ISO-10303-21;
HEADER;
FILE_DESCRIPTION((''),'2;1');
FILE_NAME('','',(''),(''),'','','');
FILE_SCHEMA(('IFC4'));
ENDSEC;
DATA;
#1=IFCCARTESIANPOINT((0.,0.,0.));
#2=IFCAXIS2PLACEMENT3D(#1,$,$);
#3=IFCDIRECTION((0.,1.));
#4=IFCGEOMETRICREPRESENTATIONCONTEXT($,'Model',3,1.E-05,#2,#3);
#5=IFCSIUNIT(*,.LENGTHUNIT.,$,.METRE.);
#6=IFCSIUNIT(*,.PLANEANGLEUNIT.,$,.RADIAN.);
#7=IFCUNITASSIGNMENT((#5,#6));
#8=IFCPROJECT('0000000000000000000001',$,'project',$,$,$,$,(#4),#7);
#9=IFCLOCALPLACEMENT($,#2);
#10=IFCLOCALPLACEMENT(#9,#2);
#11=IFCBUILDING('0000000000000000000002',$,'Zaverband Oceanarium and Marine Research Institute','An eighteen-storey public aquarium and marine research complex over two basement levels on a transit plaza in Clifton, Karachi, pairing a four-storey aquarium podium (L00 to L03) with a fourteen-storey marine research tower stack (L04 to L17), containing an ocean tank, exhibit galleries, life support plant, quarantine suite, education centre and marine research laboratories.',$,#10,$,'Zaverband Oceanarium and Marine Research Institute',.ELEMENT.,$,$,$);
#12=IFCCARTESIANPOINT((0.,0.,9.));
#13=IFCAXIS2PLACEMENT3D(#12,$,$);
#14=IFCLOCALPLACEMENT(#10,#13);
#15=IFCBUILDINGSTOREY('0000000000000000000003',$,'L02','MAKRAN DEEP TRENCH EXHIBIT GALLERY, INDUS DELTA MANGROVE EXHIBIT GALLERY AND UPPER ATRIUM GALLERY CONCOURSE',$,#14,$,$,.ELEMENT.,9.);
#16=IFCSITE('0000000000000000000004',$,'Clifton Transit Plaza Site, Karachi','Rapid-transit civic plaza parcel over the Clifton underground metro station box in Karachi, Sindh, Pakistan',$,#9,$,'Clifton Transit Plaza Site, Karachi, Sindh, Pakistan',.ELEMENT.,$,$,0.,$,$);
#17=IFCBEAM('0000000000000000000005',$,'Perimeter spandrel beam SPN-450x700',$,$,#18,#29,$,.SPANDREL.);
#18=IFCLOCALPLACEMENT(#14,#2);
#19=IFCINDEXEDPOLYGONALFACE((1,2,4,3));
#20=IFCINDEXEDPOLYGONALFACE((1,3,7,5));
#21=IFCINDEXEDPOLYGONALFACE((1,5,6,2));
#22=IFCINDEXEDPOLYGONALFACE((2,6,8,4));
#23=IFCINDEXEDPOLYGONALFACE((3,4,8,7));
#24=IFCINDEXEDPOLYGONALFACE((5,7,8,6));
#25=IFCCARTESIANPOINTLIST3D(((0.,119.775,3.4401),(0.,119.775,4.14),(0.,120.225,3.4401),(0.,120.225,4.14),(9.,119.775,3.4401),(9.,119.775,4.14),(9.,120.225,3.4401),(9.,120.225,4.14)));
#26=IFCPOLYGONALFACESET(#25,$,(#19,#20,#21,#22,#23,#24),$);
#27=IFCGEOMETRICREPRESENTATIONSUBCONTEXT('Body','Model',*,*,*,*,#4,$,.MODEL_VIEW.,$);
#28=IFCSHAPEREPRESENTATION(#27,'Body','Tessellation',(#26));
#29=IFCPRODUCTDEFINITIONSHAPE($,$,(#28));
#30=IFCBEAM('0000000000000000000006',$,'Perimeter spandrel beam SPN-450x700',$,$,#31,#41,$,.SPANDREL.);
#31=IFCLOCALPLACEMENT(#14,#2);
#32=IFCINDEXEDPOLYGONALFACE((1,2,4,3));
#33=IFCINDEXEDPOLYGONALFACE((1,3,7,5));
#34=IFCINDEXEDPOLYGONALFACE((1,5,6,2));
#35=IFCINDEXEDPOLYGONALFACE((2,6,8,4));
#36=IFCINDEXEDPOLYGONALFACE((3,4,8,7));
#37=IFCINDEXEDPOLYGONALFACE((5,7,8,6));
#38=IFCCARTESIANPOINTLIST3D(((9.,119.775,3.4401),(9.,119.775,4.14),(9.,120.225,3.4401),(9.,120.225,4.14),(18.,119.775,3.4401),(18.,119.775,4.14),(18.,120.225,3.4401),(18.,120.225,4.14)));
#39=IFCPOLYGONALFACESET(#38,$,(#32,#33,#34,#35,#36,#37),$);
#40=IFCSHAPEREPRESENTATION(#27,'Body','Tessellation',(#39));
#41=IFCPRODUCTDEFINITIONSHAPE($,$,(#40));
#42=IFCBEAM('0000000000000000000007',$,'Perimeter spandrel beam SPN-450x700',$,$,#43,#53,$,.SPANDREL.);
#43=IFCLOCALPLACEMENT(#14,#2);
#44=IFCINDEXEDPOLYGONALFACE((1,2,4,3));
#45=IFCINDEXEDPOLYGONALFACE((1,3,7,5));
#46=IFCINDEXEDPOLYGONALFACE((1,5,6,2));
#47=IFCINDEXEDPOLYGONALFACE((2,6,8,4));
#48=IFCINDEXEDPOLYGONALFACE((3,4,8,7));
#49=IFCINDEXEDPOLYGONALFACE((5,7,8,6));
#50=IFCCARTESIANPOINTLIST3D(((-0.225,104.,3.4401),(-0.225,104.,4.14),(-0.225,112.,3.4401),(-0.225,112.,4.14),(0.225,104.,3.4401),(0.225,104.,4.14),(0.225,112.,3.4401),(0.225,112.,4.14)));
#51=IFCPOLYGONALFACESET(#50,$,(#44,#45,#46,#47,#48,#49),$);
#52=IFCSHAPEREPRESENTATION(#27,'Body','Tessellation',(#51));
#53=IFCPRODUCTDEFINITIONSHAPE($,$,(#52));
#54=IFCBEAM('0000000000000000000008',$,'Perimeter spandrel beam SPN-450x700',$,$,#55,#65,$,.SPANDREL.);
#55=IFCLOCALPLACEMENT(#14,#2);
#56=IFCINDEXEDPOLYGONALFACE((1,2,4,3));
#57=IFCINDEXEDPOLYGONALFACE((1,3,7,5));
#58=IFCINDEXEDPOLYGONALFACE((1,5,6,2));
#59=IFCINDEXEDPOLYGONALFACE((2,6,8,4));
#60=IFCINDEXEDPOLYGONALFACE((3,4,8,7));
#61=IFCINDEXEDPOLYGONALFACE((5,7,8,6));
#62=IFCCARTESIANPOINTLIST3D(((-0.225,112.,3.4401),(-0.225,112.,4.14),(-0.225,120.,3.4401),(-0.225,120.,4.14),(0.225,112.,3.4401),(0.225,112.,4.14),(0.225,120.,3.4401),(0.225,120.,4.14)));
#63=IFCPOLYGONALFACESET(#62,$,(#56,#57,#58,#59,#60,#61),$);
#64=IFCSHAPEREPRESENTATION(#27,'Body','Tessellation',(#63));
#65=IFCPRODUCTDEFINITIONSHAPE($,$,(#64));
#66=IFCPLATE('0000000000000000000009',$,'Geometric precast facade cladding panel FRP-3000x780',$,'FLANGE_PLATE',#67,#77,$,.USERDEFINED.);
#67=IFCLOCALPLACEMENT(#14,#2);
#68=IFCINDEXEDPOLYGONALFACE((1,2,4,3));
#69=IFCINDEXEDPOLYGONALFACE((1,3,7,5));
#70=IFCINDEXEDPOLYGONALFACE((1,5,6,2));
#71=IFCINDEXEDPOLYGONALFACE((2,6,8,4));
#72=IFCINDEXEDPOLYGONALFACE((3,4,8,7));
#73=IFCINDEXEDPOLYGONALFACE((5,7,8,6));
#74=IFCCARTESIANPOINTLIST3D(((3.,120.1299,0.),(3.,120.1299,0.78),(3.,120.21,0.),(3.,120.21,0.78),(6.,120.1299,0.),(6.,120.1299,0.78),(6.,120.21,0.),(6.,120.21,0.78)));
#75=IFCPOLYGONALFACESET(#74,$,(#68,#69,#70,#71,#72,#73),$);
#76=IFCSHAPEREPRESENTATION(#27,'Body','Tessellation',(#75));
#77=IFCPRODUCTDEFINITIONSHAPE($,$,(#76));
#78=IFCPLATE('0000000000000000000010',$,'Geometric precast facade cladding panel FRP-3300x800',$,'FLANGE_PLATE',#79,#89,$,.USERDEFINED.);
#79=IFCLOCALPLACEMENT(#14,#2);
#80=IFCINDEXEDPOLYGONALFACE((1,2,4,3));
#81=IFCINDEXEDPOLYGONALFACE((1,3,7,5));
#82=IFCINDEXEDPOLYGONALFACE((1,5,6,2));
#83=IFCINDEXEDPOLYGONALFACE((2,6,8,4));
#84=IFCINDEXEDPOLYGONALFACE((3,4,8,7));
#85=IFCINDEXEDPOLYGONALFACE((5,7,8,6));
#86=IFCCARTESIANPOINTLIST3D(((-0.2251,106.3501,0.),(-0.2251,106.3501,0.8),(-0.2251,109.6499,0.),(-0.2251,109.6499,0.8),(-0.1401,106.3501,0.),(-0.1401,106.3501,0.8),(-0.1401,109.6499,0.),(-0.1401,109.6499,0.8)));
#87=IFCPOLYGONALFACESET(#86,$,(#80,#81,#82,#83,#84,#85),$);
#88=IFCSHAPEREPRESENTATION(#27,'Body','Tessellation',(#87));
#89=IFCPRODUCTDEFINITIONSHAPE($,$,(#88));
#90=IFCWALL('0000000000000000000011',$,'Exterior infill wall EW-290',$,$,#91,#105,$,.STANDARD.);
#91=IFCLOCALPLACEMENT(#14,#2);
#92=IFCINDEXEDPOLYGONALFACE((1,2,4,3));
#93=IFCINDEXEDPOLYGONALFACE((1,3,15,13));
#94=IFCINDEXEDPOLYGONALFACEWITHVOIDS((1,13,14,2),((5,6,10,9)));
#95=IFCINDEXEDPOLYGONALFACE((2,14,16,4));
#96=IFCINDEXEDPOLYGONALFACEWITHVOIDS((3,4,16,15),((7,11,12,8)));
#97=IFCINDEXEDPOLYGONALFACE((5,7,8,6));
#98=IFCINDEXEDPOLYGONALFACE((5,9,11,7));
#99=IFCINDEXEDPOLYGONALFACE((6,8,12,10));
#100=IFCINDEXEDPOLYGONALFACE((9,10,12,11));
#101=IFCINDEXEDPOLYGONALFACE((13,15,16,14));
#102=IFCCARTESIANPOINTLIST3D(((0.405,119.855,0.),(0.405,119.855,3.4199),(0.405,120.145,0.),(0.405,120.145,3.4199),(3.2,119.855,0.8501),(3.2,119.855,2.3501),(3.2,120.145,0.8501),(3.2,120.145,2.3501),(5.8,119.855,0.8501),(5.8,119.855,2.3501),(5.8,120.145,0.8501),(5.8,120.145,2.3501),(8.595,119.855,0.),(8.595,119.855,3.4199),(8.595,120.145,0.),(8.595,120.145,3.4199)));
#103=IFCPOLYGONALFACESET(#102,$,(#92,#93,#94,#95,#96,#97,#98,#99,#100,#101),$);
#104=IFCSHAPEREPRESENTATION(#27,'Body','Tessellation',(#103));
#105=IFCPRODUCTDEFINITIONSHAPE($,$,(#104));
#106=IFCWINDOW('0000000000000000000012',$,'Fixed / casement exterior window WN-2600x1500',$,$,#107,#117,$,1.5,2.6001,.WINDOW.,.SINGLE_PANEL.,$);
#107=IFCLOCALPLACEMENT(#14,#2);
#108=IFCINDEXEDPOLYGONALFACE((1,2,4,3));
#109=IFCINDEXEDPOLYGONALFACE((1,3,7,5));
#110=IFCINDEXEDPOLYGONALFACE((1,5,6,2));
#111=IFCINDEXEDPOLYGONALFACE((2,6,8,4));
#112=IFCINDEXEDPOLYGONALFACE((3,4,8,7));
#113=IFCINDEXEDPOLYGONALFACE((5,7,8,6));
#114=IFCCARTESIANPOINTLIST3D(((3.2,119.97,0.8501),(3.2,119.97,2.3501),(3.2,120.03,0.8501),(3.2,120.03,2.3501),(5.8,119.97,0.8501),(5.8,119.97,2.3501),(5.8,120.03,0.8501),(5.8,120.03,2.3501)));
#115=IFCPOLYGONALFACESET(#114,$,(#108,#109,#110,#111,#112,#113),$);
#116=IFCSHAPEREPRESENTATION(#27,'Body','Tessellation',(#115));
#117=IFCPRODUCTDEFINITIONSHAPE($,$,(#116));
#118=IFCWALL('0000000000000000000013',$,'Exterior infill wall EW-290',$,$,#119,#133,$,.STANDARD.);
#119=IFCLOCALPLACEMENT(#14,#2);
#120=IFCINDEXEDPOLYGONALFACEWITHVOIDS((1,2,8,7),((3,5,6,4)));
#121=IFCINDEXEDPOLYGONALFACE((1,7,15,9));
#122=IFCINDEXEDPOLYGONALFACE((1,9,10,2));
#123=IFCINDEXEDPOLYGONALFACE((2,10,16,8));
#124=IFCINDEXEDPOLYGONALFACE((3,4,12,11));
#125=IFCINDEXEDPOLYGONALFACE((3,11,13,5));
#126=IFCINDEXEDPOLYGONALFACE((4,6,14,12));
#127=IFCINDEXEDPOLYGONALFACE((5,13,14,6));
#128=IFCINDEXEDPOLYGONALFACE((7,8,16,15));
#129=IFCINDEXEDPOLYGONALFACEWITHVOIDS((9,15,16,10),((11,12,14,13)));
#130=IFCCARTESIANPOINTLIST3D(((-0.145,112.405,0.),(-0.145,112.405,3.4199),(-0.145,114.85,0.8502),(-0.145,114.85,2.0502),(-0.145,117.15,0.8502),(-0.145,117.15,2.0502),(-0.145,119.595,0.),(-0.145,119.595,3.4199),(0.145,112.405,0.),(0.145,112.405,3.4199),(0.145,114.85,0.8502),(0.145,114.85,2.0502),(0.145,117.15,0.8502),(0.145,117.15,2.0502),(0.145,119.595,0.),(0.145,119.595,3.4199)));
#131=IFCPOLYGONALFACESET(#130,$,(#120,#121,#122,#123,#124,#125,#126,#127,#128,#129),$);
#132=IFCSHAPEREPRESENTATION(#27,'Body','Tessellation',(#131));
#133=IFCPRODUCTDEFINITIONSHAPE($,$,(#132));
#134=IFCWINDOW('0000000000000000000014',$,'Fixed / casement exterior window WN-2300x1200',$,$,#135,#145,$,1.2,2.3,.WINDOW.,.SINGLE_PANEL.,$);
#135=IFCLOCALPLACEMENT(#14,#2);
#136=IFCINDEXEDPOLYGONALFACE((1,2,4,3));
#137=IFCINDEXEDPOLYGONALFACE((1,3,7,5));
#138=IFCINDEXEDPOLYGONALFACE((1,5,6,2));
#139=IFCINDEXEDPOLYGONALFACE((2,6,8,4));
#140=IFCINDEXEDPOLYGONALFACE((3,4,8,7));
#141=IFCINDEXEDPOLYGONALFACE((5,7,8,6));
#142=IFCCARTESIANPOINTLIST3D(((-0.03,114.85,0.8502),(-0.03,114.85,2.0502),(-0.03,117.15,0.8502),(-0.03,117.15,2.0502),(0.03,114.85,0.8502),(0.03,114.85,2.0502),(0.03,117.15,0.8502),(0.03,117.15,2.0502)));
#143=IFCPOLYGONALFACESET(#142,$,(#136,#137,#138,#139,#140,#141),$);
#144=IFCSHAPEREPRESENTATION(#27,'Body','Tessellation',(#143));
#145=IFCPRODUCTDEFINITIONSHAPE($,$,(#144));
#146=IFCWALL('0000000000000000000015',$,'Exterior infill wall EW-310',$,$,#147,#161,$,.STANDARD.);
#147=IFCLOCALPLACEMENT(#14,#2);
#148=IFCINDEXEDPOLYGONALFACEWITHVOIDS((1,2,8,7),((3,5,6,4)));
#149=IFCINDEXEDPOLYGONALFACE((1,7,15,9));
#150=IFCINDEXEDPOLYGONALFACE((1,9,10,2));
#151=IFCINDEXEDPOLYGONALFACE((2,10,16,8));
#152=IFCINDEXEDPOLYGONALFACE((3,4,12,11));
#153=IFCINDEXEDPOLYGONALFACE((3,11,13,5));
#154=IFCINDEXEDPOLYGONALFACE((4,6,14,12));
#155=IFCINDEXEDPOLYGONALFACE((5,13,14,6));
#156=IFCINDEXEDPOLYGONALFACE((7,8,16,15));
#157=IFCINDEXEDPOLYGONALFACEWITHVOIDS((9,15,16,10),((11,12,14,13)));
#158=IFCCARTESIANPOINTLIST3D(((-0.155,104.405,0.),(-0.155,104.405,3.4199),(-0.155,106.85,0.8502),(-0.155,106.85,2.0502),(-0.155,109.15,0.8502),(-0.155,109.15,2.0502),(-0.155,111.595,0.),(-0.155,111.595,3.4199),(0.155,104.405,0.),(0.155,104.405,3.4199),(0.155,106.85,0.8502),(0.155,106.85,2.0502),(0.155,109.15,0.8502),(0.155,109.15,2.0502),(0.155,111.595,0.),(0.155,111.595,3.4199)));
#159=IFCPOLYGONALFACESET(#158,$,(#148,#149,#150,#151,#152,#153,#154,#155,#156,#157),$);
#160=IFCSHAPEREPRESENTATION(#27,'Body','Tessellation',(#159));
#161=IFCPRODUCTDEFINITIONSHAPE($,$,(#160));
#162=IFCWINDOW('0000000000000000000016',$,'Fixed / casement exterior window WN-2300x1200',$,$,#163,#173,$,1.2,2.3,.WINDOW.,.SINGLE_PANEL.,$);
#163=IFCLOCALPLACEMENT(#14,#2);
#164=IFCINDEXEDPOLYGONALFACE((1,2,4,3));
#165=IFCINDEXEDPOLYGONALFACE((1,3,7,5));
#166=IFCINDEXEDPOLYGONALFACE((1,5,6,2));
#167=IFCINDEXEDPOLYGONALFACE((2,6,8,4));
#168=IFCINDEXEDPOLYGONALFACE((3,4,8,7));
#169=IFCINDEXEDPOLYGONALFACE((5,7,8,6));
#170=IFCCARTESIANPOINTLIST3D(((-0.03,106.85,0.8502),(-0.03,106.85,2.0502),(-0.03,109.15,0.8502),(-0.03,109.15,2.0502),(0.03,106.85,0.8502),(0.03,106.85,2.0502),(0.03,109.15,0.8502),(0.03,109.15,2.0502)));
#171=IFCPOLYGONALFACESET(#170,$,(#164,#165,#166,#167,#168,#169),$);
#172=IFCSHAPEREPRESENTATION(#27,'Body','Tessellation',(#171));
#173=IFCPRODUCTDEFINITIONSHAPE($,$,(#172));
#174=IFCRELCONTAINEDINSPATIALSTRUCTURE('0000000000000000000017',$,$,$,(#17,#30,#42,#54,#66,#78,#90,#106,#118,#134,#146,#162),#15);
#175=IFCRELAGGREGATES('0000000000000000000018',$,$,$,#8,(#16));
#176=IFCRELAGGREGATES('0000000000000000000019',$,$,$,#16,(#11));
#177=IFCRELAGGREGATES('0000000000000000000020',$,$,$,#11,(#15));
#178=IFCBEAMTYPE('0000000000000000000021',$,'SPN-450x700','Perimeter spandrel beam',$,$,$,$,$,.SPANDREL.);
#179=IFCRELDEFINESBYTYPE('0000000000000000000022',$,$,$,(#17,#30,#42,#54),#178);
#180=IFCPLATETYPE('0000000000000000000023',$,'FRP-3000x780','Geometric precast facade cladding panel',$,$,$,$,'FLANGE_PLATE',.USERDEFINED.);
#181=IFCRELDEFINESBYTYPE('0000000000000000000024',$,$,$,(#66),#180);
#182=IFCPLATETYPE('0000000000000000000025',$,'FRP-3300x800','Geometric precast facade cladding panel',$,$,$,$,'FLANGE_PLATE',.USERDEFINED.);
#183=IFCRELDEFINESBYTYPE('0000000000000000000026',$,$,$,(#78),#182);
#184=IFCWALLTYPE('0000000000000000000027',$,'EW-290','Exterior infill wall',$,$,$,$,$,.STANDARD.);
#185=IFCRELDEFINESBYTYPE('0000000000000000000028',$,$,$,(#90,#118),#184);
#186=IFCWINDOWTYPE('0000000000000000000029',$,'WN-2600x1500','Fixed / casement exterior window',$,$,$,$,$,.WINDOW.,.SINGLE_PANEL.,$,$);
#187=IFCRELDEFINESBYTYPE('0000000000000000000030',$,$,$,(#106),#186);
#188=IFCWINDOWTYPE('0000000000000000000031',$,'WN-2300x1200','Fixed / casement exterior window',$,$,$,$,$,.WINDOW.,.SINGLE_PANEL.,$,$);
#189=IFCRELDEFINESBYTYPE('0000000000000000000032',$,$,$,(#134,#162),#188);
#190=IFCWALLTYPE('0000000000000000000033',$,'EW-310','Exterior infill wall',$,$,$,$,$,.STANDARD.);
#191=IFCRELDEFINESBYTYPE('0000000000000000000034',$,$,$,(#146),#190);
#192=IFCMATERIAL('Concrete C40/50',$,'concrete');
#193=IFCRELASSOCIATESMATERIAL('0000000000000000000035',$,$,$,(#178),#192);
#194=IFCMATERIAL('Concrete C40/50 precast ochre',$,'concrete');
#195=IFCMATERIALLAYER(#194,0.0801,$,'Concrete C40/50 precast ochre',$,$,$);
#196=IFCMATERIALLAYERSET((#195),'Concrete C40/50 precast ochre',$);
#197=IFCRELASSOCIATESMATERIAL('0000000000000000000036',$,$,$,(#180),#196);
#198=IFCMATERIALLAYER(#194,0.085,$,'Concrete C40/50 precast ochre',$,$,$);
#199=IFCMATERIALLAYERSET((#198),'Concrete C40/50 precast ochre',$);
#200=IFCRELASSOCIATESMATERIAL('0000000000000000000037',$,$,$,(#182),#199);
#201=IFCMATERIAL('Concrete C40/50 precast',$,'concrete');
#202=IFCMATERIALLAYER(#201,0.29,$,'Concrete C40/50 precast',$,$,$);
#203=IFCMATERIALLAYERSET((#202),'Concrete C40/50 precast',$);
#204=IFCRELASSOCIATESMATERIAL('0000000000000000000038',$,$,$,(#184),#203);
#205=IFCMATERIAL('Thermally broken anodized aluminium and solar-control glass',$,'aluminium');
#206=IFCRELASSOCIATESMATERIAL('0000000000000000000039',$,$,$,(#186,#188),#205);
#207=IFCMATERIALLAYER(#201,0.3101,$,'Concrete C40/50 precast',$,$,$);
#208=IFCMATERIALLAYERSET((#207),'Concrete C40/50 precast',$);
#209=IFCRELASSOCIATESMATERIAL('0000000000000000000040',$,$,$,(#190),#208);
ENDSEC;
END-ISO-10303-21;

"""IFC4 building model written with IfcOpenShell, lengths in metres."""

from ifc_helpers import new_model, si_unit, direction, frame, frame_2d, origin, origin_2d, place, context, subcontext, project, spatial, rectangle, extrude, material, layer, layer_set, material_profile, profile_set, type_object, element, fill, save


model = new_model("IFC4")

# Units and contexts
model_context = context("Model", 3, precision=1e-05, world=origin(), true_north=direction((0.0, 1.0)))
body_context = subcontext(model_context, "Body", "Model", "MODEL_VIEW")
ifc_project = project(units=[si_unit("LENGTHUNIT", "METRE"), si_unit("PLANEANGLEUNIT", "RADIAN")], contexts=[model_context])

# Site, building, storey
site_placement = place(None, origin())
site = spatial("IfcSite", under=ifc_project, at=site_placement, Name="Clifton Transit Plaza Site, Karachi", Description="Rapid-transit civic plaza parcel over the Clifton underground metro station box in Karachi, Sindh, Pakistan", LongName="Clifton Transit Plaza Site, Karachi, Sindh, Pakistan", CompositionType="ELEMENT", RefElevation=0.0)
building_placement = place(site_placement, origin())
building = spatial("IfcBuilding", under=site, at=building_placement, Name="Zaverband Oceanarium and Marine Research Institute", Description="An eighteen-storey public aquarium and marine research complex over two basement levels on a transit plaza in Clifton, Karachi, pairing a four-storey aquarium podium (L00 to L03) with a fourteen-storey marine research tower stack (L04 to L17), containing an ocean tank, exhibit galleries, life support plant, quarantine suite, education centre and marine research laboratories.", LongName="Zaverband Oceanarium and Marine Research Institute", CompositionType="ELEMENT")
storey_placement = place(building_placement, frame((0.0, 0.0, 9.0)))
storey = spatial("IfcBuildingStorey", under=building, at=storey_placement, Name="L02", Description="MAKRAN DEEP TRENCH EXHIBIT GALLERY, INDUS DELTA MANGROVE EXHIBIT GALLERY AND UPPER ATRIUM GALLERY CONCOURSE", CompositionType="ELEMENT", Elevation=9.0)

# Beams
ifc_material_1 = material(Name="Concrete C40/50", Category="concrete")
ifc_material_profile_1 = material_profile(ifc_material_1, rectangle(XDim=0.45, YDim=0.7, at=origin_2d()), Name="RC450x700")
ifc_profile_set_1 = profile_set([ifc_material_profile_1], Name="Concrete C40/50")
beam_type_1 = type_object("IfcBeamType", Name="SPN-450x700", Description="Perimeter spandrel beam", PredefinedType="SPANDREL", material=ifc_profile_set_1)
for number, where, z_axis, x_axis, name in (
    (1, (0.0, 120.0, 3.79), (1.0, 0.0, 0.0), (0.0, 1.0, 0.0), "Perimeter spandrel beam SPN-450x700"),
    (2, (9.0, 120.0, 3.79), (1.0, 0.0, 0.0), (0.0, 1.0, 0.0), "Perimeter spandrel beam SPN-450x700"),
):
    element("IfcBeam", number, at=place(storey_placement, frame(where, z_axis=z_axis, x_axis=x_axis)), inside=storey, type_object=beam_type_1, Name=name, PredefinedType="SPANDREL", context=body_context, shape_type="SweptSolid", body=[
        extrude(rectangle(XDim=0.45, YDim=0.7, at=origin_2d()), origin(), (0.0, 0.0, 1.0), 9.0),
    ])
for number, where, z_axis, x_axis, name in (
    (3, (0.0, 104.0, 3.79), (0.0, 1.0, 0.0), (-1.0, 0.0, 0.0), "Perimeter spandrel beam SPN-450x700"),
    (4, (0.0, 112.0, 3.79), (0.0, 1.0, 0.0), (-1.0, 0.0, 0.0), "Perimeter spandrel beam SPN-450x700"),
):
    element("IfcBeam", number, at=place(storey_placement, frame(where, z_axis=z_axis, x_axis=x_axis)), inside=storey, type_object=beam_type_1, Name=name, PredefinedType="SPANDREL", context=body_context, shape_type="SweptSolid", body=[
        extrude(rectangle(XDim=0.45, YDim=0.7, at=origin_2d()), origin(), (0.0, 0.0, 1.0), 8.0),
    ])

# Plates
ifc_material_2 = material(Name="Concrete C40/50 precast ochre", Category="concrete")
ifc_layer_1 = layer(ifc_material_2, 0.0801, Name="Concrete C40/50 precast ochre")
ifc_layer_set_1 = layer_set([ifc_layer_1], Name="Concrete C40/50 precast ochre")
plate_type_1 = type_object("IfcPlateType", Name="FRP-3000x780", Description="Geometric precast facade cladding panel", ElementType="FLANGE_PLATE", PredefinedType="USERDEFINED", material=ifc_layer_set_1)
plate_1_placement = place(storey_placement, frame((3.0, 120.1699, 0.0), z_axis=(0.0, 0.0, 1.0), x_axis=(1.0, 0.0, 0.0)))
element("IfcPlate", 5, at=plate_1_placement, inside=storey, type_object=plate_type_1, Name="Geometric precast facade cladding panel FRP-3000x780", ObjectType="FLANGE_PLATE", PredefinedType="USERDEFINED", context=body_context, shape_type="SweptSolid", body=[
    extrude(rectangle(XDim=3.0, YDim=0.0801, at=frame_2d((1.5, 0.0))), origin(), (0.0, 0.0, 1.0), 0.78),
])
ifc_layer_2 = layer(ifc_material_2, 0.085, Name="Concrete C40/50 precast ochre")
ifc_layer_set_2 = layer_set([ifc_layer_2], Name="Concrete C40/50 precast ochre")
plate_type_2 = type_object("IfcPlateType", Name="FRP-3300x800", Description="Geometric precast facade cladding panel", ElementType="FLANGE_PLATE", PredefinedType="USERDEFINED", material=ifc_layer_set_2)
plate_2_placement = place(storey_placement, frame((-0.1826, 106.3501, 0.0), z_axis=(0.0, 0.0, 1.0), x_axis=(0.0, 1.0, 0.0)))
element("IfcPlate", 6, at=plate_2_placement, inside=storey, type_object=plate_type_2, Name="Geometric precast facade cladding panel FRP-3300x800", ObjectType="FLANGE_PLATE", PredefinedType="USERDEFINED", context=body_context, shape_type="SweptSolid", body=[
    extrude(rectangle(XDim=3.2998, YDim=0.085, at=frame_2d((1.6499, 0.0))), origin(), (0.0, 0.0, 1.0), 0.8),
])

# Walls, openings, windows
ifc_material_3 = material(Name="Concrete C40/50 precast", Category="concrete")
ifc_layer_3 = layer(ifc_material_3, 0.29, Name="Concrete C40/50 precast")
ifc_layer_set_3 = layer_set([ifc_layer_3], Name="Concrete C40/50 precast")
wall_type_1 = type_object("IfcWallType", Name="EW-290", Description="Exterior infill wall", PredefinedType="STANDARD", material=ifc_layer_set_3)
wall_1_placement = place(storey_placement, frame((0.405, 120.0, 0.0), z_axis=(0.0, 0.0, 1.0), x_axis=(1.0, 0.0, 0.0)))
wall_1 = element("IfcWall", 7, at=wall_1_placement, inside=storey, type_object=wall_type_1, Name="Exterior infill wall EW-290", PredefinedType="STANDARD", context=body_context, shape_type="SweptSolid", body=[
    extrude(rectangle(XDim=8.1899, YDim=0.29, at=frame_2d((4.095, 0.0))), origin(), (0.0, 0.0, 1.0), 3.4199),
])
opening_1_placement = place(wall_1_placement, frame((2.7949, 0.0, 0.8501)))
opening_1 = element("IfcOpeningElement", 8, at=opening_1_placement, cuts=wall_1, PredefinedType="OPENING", context=body_context, shape_type="SweptSolid", body=[
    extrude(rectangle(XDim=2.6001, YDim=1.5, at=frame_2d((1.3, 0.75))), frame((0.0, 0.157, 0.0), z_axis=(0.0, -1.0, 0.0), x_axis=(1.0, 0.0, 0.0)), (0.0, 0.0, 1.0), 0.314),
])
ifc_material_4 = material(Name="Thermally broken anodized aluminium and solar-control glass", Category="aluminium")
window_type_1 = type_object("IfcWindowType", Name="WN-2600x1500", Description="Fixed / casement exterior window", PartitioningType="SINGLE_PANEL", PredefinedType="WINDOW", material=ifc_material_4)
window_1_placement = place(opening_1_placement, origin())
window_1 = element("IfcWindow", 9, at=window_1_placement, inside=storey, type_object=window_type_1, Name="Fixed / casement exterior window WN-2600x1500", OverallHeight=1.5, OverallWidth=2.6001, PartitioningType="SINGLE_PANEL", PredefinedType="WINDOW", context=body_context, shape_type="SweptSolid", body=[
    extrude(rectangle(XDim=2.6001, YDim=1.5, at=frame_2d((1.3, 0.75))), frame((0.0, 0.03, 0.0), z_axis=(0.0, -1.0, 0.0), x_axis=(1.0, 0.0, 0.0)), (0.0, 0.0, 1.0), 0.0601),
])
fill(opening_1, window_1)
wall_2_placement = place(storey_placement, frame((0.0, 112.405, 0.0), z_axis=(0.0, 0.0, 1.0), x_axis=(0.0, 1.0, 0.0)))
wall_2 = element("IfcWall", 10, at=wall_2_placement, inside=storey, type_object=wall_type_1, Name="Exterior infill wall EW-290", PredefinedType="STANDARD", context=body_context, shape_type="SweptSolid", body=[
    extrude(rectangle(XDim=7.1899, YDim=0.29, at=frame_2d((3.595, 0.0))), origin(), (0.0, 0.0, 1.0), 3.4199),
])
opening_2_placement = place(wall_2_placement, frame((2.4451, 0.0, 0.8501)))
opening_2 = element("IfcOpeningElement", 11, at=opening_2_placement, cuts=wall_2, PredefinedType="OPENING", context=body_context, shape_type="SweptSolid", body=[
    extrude(rectangle(XDim=2.3, YDim=1.2, at=frame_2d((1.1499, 0.6001))), frame((0.0, 0.157, 0.0), z_axis=(0.0, -1.0, 0.0), x_axis=(1.0, 0.0, 0.0)), (0.0, 0.0, 1.0), 0.314),
])
window_type_2 = type_object("IfcWindowType", Name="WN-2300x1200", Description="Fixed / casement exterior window", PartitioningType="SINGLE_PANEL", PredefinedType="WINDOW", material=ifc_material_4)
window_2_placement = place(opening_2_placement, origin())
window_2 = element("IfcWindow", 12, at=window_2_placement, inside=storey, type_object=window_type_2, Name="Fixed / casement exterior window WN-2300x1200", OverallHeight=1.2, OverallWidth=2.3, PartitioningType="SINGLE_PANEL", PredefinedType="WINDOW", context=body_context, shape_type="SweptSolid", body=[
    extrude(rectangle(XDim=2.3, YDim=1.2, at=frame_2d((1.1499, 0.6001))), frame((0.0, 0.03, 0.0), z_axis=(0.0, -1.0, 0.0), x_axis=(1.0, 0.0, 0.0)), (0.0, 0.0, 1.0), 0.0601),
])
fill(opening_2, window_2)
ifc_layer_4 = layer(ifc_material_3, 0.3101, Name="Concrete C40/50 precast")
ifc_layer_set_4 = layer_set([ifc_layer_4], Name="Concrete C40/50 precast")
wall_type_2 = type_object("IfcWallType", Name="EW-310", Description="Exterior infill wall", PredefinedType="STANDARD", material=ifc_layer_set_4)
wall_3_placement = place(storey_placement, frame((0.0, 104.405, 0.0), z_axis=(0.0, 0.0, 1.0), x_axis=(0.0, 1.0, 0.0)))
wall_3 = element("IfcWall", 13, at=wall_3_placement, inside=storey, type_object=wall_type_2, Name="Exterior infill wall EW-310", PredefinedType="STANDARD", context=body_context, shape_type="SweptSolid", body=[
    extrude(rectangle(XDim=7.1899, YDim=0.3101, at=frame_2d((3.595, 0.0))), origin(), (0.0, 0.0, 1.0), 3.4199),
])
opening_3_placement = place(wall_3_placement, frame((2.4451, 0.0, 0.8501)))
opening_3 = element("IfcOpeningElement", 14, at=opening_3_placement, cuts=wall_3, PredefinedType="OPENING", context=body_context, shape_type="SweptSolid", body=[
    extrude(rectangle(XDim=2.3, YDim=1.2, at=frame_2d((1.1499, 0.6001))), frame((0.0, 0.167, 0.0), z_axis=(0.0, -1.0, 0.0), x_axis=(1.0, 0.0, 0.0)), (0.0, 0.0, 1.0), 0.334),
])
window_3_placement = place(opening_3_placement, origin())
window_3 = element("IfcWindow", 15, at=window_3_placement, inside=storey, type_object=window_type_2, Name="Fixed / casement exterior window WN-2300x1200", OverallHeight=1.2, OverallWidth=2.3, PartitioningType="SINGLE_PANEL", PredefinedType="WINDOW", context=body_context, shape_type="SweptSolid", body=[
    extrude(rectangle(XDim=2.3, YDim=1.2, at=frame_2d((1.1499, 0.6001))), frame((0.0, 0.03, 0.0), z_axis=(0.0, -1.0, 0.0), x_axis=(1.0, 0.0, 0.0)), (0.0, 0.0, 1.0), 0.0601),
])
fill(opening_3, window_3)

save(model, "model.ifc")
